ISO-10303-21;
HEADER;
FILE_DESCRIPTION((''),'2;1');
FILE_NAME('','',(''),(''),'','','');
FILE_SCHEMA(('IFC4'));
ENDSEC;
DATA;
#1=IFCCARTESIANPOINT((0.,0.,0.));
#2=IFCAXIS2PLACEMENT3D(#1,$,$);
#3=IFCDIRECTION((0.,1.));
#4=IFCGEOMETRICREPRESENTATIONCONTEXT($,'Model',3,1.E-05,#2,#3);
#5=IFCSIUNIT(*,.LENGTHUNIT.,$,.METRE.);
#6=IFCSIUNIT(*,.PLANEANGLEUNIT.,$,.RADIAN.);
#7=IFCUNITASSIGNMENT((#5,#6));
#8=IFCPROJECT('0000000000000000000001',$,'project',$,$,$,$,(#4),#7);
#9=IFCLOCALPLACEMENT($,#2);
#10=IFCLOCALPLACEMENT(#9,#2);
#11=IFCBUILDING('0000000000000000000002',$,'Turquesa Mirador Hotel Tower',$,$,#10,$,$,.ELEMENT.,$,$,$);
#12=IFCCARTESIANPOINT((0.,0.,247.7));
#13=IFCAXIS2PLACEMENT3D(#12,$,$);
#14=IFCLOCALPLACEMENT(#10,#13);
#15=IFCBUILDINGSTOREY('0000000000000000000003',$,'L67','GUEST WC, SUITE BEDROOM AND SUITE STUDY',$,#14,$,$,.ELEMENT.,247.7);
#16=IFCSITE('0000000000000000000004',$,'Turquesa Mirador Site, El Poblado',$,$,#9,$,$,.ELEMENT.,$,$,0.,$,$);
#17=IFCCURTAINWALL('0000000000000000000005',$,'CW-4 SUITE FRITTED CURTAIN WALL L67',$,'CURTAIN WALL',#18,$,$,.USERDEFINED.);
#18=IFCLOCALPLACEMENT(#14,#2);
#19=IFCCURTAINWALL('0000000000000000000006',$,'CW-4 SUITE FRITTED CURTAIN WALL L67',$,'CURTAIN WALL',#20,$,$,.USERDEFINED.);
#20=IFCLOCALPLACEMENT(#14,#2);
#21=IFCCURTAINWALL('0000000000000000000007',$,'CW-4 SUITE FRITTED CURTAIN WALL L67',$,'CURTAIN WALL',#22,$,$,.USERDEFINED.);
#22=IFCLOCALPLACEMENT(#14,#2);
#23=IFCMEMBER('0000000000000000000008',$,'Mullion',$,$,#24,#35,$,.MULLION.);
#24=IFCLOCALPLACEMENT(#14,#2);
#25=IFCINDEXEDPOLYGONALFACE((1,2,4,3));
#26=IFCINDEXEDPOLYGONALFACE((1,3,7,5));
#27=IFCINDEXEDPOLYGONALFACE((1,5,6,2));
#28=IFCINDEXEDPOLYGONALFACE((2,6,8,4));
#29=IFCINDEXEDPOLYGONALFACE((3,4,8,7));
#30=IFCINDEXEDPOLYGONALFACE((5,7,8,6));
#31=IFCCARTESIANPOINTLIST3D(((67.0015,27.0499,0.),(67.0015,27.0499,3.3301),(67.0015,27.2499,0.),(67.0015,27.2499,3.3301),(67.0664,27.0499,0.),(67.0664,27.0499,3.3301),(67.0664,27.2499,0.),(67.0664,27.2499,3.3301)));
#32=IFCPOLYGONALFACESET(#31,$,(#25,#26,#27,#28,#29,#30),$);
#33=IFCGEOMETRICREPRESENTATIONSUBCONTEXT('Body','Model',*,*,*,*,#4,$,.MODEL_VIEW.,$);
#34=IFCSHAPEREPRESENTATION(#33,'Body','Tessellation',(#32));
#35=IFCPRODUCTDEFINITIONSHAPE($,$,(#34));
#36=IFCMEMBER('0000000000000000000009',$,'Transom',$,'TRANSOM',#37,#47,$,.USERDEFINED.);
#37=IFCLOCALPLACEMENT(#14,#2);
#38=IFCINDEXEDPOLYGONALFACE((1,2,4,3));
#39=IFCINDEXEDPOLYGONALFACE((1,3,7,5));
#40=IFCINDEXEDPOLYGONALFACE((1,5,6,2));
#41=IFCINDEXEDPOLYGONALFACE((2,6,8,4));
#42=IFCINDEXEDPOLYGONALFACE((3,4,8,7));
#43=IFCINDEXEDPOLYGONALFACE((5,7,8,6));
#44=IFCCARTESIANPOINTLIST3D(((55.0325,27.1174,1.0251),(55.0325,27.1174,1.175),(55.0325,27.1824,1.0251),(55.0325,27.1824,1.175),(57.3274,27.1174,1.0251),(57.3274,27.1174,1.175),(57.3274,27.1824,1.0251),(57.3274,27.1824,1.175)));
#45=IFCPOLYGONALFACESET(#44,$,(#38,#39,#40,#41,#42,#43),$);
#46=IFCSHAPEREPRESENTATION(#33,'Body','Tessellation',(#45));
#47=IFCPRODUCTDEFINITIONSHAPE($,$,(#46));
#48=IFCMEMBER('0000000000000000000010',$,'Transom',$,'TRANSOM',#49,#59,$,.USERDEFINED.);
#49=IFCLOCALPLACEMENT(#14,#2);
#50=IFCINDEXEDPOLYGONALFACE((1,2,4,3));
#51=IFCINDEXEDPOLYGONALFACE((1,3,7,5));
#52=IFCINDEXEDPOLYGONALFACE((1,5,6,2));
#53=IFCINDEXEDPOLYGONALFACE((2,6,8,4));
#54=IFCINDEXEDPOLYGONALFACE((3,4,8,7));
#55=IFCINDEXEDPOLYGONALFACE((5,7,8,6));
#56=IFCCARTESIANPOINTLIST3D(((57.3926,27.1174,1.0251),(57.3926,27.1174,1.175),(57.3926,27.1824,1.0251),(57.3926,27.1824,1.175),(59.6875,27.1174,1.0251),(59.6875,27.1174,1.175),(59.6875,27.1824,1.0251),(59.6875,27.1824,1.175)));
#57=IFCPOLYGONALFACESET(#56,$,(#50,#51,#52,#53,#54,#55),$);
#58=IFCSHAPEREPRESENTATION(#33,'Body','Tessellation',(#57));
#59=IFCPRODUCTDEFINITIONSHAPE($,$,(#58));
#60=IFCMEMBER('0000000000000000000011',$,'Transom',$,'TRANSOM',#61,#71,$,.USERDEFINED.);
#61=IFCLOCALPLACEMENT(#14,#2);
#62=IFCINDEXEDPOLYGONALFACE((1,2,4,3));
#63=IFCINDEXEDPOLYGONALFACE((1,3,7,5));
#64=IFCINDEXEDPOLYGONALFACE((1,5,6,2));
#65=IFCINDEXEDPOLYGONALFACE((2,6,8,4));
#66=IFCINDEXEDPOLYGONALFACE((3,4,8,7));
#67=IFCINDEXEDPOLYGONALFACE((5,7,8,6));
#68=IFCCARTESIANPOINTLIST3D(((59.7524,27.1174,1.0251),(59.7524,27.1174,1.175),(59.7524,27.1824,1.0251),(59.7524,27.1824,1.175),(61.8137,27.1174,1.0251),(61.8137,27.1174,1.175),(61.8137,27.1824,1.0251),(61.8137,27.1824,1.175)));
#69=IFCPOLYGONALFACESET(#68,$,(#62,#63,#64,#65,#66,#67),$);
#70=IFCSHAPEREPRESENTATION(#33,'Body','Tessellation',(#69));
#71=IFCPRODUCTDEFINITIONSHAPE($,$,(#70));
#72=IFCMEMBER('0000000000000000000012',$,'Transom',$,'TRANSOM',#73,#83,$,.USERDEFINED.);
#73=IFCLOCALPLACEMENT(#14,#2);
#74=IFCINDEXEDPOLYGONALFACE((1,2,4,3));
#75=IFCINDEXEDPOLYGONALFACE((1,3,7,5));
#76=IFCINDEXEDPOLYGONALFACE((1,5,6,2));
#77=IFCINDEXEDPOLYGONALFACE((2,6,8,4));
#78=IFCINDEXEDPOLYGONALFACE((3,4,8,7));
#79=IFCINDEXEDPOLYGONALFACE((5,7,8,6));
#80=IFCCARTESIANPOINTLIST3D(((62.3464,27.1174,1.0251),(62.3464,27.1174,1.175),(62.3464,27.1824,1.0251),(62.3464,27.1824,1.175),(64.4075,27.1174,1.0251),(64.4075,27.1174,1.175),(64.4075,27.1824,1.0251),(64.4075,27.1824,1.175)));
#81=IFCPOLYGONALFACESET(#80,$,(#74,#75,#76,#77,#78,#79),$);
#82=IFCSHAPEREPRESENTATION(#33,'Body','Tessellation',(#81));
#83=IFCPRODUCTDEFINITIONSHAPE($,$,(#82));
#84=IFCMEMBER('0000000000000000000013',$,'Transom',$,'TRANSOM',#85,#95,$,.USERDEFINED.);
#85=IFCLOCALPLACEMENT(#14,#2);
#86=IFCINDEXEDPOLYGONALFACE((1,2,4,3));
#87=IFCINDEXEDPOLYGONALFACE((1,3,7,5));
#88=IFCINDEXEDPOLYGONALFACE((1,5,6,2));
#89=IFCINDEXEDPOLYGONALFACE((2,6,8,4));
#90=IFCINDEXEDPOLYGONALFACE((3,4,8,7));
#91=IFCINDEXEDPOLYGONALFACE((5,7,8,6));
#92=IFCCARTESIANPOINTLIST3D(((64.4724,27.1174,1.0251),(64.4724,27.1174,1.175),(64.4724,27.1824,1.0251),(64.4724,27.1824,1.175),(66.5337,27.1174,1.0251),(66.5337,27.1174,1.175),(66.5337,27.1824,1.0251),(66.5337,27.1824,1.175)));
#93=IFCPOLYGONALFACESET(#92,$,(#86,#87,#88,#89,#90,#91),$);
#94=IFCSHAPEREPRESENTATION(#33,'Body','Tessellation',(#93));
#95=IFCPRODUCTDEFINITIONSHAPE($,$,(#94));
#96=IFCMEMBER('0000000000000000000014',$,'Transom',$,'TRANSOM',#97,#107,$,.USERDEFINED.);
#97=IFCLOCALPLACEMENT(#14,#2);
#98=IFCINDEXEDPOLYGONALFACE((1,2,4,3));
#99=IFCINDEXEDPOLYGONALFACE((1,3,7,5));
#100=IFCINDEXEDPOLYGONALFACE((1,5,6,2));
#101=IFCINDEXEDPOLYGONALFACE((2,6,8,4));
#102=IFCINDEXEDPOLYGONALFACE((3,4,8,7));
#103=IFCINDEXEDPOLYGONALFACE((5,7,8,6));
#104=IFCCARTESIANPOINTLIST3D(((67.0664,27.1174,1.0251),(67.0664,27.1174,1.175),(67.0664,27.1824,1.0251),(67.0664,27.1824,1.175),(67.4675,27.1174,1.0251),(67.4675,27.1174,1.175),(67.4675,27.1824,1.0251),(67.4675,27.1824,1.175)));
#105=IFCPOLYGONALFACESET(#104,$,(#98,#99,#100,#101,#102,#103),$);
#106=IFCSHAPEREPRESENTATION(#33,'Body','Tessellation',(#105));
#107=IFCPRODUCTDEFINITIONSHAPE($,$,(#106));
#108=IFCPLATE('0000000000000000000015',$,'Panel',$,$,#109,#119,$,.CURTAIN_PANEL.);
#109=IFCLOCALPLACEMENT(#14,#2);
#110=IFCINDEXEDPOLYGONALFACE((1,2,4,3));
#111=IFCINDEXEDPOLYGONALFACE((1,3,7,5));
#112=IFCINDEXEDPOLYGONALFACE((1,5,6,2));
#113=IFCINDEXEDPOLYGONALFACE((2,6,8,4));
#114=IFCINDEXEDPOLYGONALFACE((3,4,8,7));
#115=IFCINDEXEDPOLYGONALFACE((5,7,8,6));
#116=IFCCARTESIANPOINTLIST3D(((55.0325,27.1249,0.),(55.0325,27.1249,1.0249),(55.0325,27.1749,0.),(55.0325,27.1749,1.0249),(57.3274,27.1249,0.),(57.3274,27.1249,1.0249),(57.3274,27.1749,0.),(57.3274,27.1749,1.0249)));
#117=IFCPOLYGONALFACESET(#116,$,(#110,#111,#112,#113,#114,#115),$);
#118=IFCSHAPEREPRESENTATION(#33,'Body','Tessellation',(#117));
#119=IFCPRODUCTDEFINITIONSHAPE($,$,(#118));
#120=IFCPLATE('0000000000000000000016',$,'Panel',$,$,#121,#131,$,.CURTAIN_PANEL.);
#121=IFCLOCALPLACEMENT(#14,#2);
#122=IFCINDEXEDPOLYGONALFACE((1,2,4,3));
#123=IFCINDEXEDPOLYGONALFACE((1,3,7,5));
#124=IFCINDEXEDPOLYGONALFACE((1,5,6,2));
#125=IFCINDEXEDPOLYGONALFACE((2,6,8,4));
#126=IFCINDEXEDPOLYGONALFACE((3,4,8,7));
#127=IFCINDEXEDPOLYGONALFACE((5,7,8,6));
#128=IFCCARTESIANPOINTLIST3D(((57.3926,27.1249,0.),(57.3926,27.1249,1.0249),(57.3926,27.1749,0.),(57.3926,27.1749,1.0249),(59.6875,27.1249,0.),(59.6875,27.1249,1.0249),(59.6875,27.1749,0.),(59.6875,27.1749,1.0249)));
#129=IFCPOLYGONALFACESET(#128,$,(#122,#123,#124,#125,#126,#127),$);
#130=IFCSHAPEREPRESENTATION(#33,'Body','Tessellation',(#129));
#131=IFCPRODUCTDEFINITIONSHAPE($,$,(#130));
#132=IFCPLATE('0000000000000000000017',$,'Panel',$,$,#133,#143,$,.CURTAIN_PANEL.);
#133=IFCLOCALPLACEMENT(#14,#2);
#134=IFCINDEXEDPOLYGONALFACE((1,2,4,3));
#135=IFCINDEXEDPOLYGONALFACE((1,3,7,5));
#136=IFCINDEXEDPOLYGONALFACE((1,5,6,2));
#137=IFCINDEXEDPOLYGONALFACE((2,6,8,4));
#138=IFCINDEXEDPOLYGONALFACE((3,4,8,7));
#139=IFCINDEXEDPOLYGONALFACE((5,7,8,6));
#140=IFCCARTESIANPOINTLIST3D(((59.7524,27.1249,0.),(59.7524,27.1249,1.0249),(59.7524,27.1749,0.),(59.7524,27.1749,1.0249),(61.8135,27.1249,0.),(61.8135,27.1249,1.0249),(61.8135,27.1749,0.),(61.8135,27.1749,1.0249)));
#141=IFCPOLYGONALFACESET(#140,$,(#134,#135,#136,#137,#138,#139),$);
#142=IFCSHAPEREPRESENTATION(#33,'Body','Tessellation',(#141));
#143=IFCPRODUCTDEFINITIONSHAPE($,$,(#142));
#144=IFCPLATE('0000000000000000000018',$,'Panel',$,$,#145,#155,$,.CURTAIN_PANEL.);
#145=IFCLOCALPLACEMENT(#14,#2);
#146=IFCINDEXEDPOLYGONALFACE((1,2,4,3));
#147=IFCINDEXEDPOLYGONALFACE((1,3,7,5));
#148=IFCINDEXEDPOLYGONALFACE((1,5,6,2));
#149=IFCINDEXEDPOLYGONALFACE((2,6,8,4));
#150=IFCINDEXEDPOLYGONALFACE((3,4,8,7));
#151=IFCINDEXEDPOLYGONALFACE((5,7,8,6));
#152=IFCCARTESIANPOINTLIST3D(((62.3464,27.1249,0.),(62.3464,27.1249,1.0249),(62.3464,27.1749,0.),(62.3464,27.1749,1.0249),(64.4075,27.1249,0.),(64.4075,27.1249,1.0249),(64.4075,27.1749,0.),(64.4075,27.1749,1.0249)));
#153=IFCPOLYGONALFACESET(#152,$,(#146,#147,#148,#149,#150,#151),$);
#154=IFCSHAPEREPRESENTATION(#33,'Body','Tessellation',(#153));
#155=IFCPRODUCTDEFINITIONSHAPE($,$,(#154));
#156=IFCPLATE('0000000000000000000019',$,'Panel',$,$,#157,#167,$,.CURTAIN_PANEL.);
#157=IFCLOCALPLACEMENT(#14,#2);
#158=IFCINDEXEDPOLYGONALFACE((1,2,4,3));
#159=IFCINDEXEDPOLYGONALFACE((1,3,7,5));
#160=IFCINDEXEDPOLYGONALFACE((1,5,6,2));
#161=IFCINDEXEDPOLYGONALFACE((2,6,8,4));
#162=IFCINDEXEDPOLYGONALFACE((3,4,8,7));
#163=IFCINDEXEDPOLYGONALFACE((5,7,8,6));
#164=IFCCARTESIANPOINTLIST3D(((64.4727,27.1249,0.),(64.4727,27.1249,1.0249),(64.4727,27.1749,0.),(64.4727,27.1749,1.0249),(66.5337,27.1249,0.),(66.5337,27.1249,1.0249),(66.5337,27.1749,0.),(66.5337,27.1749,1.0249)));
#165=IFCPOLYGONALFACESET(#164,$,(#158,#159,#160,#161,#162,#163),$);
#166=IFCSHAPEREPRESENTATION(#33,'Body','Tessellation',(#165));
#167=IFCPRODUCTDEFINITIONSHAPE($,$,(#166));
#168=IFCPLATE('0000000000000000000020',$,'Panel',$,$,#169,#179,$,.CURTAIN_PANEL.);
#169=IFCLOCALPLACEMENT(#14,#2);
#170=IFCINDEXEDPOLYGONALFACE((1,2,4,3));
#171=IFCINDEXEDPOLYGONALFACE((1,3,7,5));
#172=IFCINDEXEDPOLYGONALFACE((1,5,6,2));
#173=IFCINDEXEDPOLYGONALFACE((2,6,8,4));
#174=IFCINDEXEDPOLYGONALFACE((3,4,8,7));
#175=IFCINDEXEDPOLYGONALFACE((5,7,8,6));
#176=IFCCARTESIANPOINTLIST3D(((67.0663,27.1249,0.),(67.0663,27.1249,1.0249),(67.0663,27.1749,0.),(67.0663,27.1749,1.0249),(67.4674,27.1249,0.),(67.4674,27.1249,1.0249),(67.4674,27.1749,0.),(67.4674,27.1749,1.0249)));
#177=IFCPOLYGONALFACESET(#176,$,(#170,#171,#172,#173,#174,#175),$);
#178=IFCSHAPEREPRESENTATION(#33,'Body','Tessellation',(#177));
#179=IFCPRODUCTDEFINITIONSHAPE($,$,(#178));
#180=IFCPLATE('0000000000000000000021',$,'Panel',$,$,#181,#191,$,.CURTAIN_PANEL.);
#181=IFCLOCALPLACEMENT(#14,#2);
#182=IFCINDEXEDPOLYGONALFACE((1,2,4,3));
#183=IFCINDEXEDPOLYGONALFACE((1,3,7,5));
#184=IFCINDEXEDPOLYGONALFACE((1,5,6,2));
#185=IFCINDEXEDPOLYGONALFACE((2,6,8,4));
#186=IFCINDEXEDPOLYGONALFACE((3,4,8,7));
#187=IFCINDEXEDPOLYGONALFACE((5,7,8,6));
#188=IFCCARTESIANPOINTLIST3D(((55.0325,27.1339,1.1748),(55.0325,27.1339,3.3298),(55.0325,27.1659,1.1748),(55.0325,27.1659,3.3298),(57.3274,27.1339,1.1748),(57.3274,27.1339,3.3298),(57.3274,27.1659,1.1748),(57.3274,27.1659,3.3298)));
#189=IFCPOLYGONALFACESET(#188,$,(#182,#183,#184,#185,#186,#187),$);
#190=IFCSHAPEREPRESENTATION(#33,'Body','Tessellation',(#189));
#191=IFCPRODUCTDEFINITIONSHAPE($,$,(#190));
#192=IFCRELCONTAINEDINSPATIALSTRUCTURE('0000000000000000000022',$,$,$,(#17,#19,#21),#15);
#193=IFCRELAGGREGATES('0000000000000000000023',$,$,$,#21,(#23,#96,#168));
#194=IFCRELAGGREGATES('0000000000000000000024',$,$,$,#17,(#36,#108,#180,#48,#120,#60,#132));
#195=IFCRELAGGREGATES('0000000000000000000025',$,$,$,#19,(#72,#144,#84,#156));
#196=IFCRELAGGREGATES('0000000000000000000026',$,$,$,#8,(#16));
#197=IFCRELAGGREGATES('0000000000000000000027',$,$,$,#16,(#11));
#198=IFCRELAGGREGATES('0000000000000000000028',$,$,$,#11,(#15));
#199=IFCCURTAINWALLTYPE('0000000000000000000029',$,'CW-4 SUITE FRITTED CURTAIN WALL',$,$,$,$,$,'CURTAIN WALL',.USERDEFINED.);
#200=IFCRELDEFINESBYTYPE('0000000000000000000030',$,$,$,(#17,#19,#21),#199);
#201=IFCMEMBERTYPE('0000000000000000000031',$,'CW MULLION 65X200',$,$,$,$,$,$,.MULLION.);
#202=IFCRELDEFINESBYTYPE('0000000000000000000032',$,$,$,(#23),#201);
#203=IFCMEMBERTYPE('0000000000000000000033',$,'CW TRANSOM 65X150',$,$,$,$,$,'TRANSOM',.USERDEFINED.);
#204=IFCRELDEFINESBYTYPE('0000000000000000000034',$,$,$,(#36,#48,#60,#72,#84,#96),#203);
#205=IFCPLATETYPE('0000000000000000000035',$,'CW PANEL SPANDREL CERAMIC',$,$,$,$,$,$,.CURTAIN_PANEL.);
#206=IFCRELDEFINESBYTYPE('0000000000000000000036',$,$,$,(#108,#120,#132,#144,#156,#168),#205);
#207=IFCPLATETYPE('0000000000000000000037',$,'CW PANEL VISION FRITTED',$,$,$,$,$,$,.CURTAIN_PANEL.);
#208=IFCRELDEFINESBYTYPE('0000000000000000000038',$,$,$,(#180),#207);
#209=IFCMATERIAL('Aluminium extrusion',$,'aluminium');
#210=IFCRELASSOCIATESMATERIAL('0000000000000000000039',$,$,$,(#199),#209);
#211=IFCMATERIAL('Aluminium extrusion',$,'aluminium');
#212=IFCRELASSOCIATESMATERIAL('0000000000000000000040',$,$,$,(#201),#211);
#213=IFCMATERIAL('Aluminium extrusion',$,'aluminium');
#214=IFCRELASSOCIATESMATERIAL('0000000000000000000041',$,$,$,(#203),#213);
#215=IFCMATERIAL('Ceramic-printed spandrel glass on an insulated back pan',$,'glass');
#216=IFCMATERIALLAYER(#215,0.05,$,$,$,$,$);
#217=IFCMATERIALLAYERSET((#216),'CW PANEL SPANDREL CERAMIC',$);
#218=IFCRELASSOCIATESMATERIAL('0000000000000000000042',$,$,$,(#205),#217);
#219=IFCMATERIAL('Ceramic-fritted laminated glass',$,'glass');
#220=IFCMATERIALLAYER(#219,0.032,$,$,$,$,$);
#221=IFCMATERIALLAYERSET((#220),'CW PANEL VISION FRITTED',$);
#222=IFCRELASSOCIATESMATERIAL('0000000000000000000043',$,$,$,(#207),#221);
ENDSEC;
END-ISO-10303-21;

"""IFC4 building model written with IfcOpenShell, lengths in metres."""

from ifc_helpers import new_model, si_unit, direction, frame, origin, origin_2d, place, context, subcontext, project, spatial, rectangle, extrude, material, layer, layer_set, material_profile, profile_set, type_object, element, aggregate, save


model = new_model("IFC4")

# Units and contexts
model_context = context("Model", 3, precision=1e-05, world=origin(), true_north=direction((0.0, 1.0)))
body_context = subcontext(model_context, "Body", "Model", "MODEL_VIEW")
ifc_project = project(units=[si_unit("LENGTHUNIT", "METRE"), si_unit("PLANEANGLEUNIT", "RADIAN")], contexts=[model_context])

# Site, building, storey
site_placement = place(None, origin())
site = spatial("IfcSite", under=ifc_project, at=site_placement, Name="Turquesa Mirador Site, El Poblado", CompositionType="ELEMENT", RefElevation=0.0)
building_placement = place(site_placement, origin())
building = spatial("IfcBuilding", under=site, at=building_placement, Name="Turquesa Mirador Hotel Tower", CompositionType="ELEMENT")
storey_placement = place(building_placement, frame((0.0, 0.0, 247.7)))
storey = spatial("IfcBuildingStorey", under=building, at=storey_placement, Name="L67", Description="GUEST WC, SUITE BEDROOM AND SUITE STUDY", CompositionType="ELEMENT", Elevation=247.7)

# Curtain walls
ifc_material_1 = material(Name="Aluminium extrusion", Category="aluminium")
curtain_wall_type = type_object("IfcCurtainWallType", Name="CW-4 SUITE FRITTED CURTAIN WALL", ElementType="CURTAIN WALL", PredefinedType="USERDEFINED", material=ifc_material_1)
curtain_wall_1_placement = place(storey_placement, origin())
curtain_wall_1 = element("IfcCurtainWall", 1, at=curtain_wall_1_placement, inside=storey, type_object=curtain_wall_type, Name="CW-4 SUITE FRITTED CURTAIN WALL L67", ObjectType="CURTAIN WALL", PredefinedType="USERDEFINED")
ifc_material_2 = material(Name="Aluminium extrusion", Category="aluminium")
ifc_material_profile_1 = material_profile(ifc_material_2, rectangle(XDim=0.0649, YDim=0.2, at=origin_2d()), Name="MULLION 65X200")
ifc_profile_set_1 = profile_set([ifc_material_profile_1], Name="Aluminium extrusion")
member_type_1 = type_object("IfcMemberType", Name="CW MULLION 65X200", PredefinedType="MULLION", material=ifc_profile_set_1)
curtain_wall_2_placement = place(storey_placement, origin())
curtain_wall_2 = element("IfcCurtainWall", 2, at=curtain_wall_2_placement, inside=storey, type_object=curtain_wall_type, Name="CW-4 SUITE FRITTED CURTAIN WALL L67", ObjectType="CURTAIN WALL", PredefinedType="USERDEFINED")

# Curtain wall, member
curtain_wall_3_placement = place(storey_placement, origin())
curtain_wall_3 = element("IfcCurtainWall", 3, at=curtain_wall_3_placement, inside=storey, type_object=curtain_wall_type, Name="CW-4 SUITE FRITTED CURTAIN WALL L67", ObjectType="CURTAIN WALL", PredefinedType="USERDEFINED")
member_1_placement = place(storey_placement, frame((67.0339, 27.1499, 0.0), z_axis=(0.0, 0.0, 1.0), x_axis=(1.0, 0.0, 0.0)))
member_1 = element("IfcMember", 4, at=member_1_placement, type_object=member_type_1, Name="Mullion", PredefinedType="MULLION", context=body_context, shape_type="SweptSolid", body=[
    extrude(rectangle(XDim=0.0649, YDim=0.2, at=origin_2d()), origin(), (0.0, 0.0, 1.0), 3.3301),
])

# Members
ifc_material_3 = material(Name="Aluminium extrusion", Category="aluminium")
ifc_material_profile_2 = material_profile(ifc_material_3, rectangle(XDim=0.0649, YDim=0.1499, at=origin_2d()), Name="TRANSOM 65X150")
ifc_profile_set_2 = profile_set([ifc_material_profile_2], Name="Aluminium extrusion")
member_type_2 = type_object("IfcMemberType", Name="CW TRANSOM 65X150", ElementType="TRANSOM", PredefinedType="USERDEFINED", material=ifc_profile_set_2)
member_2_placement = place(storey_placement, frame((55.0325, 27.1499, 1.1001), z_axis=(1.0, 0.0, 0.0), x_axis=(0.0, 1.0, 0.0)))
member_2 = element("IfcMember", 5, at=member_2_placement, type_object=member_type_2, Name="Transom", ObjectType="TRANSOM", PredefinedType="USERDEFINED", context=body_context, shape_type="SweptSolid", body=[
    extrude(rectangle(XDim=0.0649, YDim=0.1499, at=origin_2d()), origin(), (0.0, 0.0, 1.0), 2.2949),
])
member_3_placement = place(storey_placement, frame((57.3926, 27.1499, 1.1001), z_axis=(1.0, 0.0, 0.0), x_axis=(0.0, 1.0, 0.0)))
member_3 = element("IfcMember", 6, at=member_3_placement, type_object=member_type_2, Name="Transom", ObjectType="TRANSOM", PredefinedType="USERDEFINED", context=body_context, shape_type="SweptSolid", body=[
    extrude(rectangle(XDim=0.0649, YDim=0.1499, at=origin_2d()), origin(), (0.0, 0.0, 1.0), 2.2949),
])
member_4_placement = place(storey_placement, frame((59.7524, 27.1499, 1.1001), z_axis=(1.0, 0.0, 0.0), x_axis=(0.0, 1.0, 0.0)))
member_4 = element("IfcMember", 7, at=member_4_placement, type_object=member_type_2, Name="Transom", ObjectType="TRANSOM", PredefinedType="USERDEFINED", context=body_context, shape_type="SweptSolid", body=[
    extrude(rectangle(XDim=0.0649, YDim=0.1499, at=origin_2d()), origin(), (0.0, 0.0, 1.0), 2.0613),
])
member_5_placement = place(storey_placement, frame((62.3464, 27.1499, 1.1001), z_axis=(1.0, 0.0, 0.0), x_axis=(0.0, 1.0, 0.0)))
member_5 = element("IfcMember", 8, at=member_5_placement, type_object=member_type_2, Name="Transom", ObjectType="TRANSOM", PredefinedType="USERDEFINED", context=body_context, shape_type="SweptSolid", body=[
    extrude(rectangle(XDim=0.0649, YDim=0.1499, at=origin_2d()), origin(), (0.0, 0.0, 1.0), 2.061),
])
member_6_placement = place(storey_placement, frame((64.4724, 27.1499, 1.1001), z_axis=(1.0, 0.0, 0.0), x_axis=(0.0, 1.0, 0.0)))
member_6 = element("IfcMember", 9, at=member_6_placement, type_object=member_type_2, Name="Transom", ObjectType="TRANSOM", PredefinedType="USERDEFINED", context=body_context, shape_type="SweptSolid", body=[
    extrude(rectangle(XDim=0.0649, YDim=0.1499, at=origin_2d()), origin(), (0.0, 0.0, 1.0), 2.0613),
])
member_7_placement = place(storey_placement, frame((67.0664, 27.1499, 1.1001), z_axis=(1.0, 0.0, 0.0), x_axis=(0.0, 1.0, 0.0)))
member_7 = element("IfcMember", 10, at=member_7_placement, type_object=member_type_2, Name="Transom", ObjectType="TRANSOM", PredefinedType="USERDEFINED", context=body_context, shape_type="SweptSolid", body=[
    extrude(rectangle(XDim=0.0649, YDim=0.1499, at=origin_2d()), origin(), (0.0, 0.0, 1.0), 0.4011),
])

# Plates
ifc_material_4 = material(Name="Ceramic-printed spandrel glass on an insulated back pan", Category="glass")
ifc_layer_1 = layer(ifc_material_4, 0.05)
ifc_layer_set_1 = layer_set([ifc_layer_1], Name="CW PANEL SPANDREL CERAMIC")
plate_type_1 = type_object("IfcPlateType", Name="CW PANEL SPANDREL CERAMIC", PredefinedType="CURTAIN_PANEL", material=ifc_layer_set_1)
plate_1_placement = place(storey_placement, frame((56.1799, 27.1499, 0.0), z_axis=(0.0, 0.0, 1.0), x_axis=(1.0, 0.0, 0.0)))
plate_1 = element("IfcPlate", 11, at=plate_1_placement, type_object=plate_type_1, Name="Panel", PredefinedType="CURTAIN_PANEL", context=body_context, shape_type="SweptSolid", body=[
    extrude(rectangle(XDim=2.2949, YDim=0.05, at=origin_2d()), origin(), (0.0, 0.0, 1.0), 1.0249),
])
plate_2_placement = place(storey_placement, frame((58.54, 27.1499, 0.0), z_axis=(0.0, 0.0, 1.0), x_axis=(1.0, 0.0, 0.0)))
plate_2 = element("IfcPlate", 12, at=plate_2_placement, type_object=plate_type_1, Name="Panel", PredefinedType="CURTAIN_PANEL", context=body_context, shape_type="SweptSolid", body=[
    extrude(rectangle(XDim=2.2949, YDim=0.05, at=origin_2d()), origin(), (0.0, 0.0, 1.0), 1.0249),
])
plate_3_placement = place(storey_placement, frame((60.783, 27.1499, 0.0), z_axis=(0.0, 0.0, 1.0), x_axis=(1.0, 0.0, 0.0)))
plate_3 = element("IfcPlate", 13, at=plate_3_placement, type_object=plate_type_1, Name="Panel", PredefinedType="CURTAIN_PANEL", context=body_context, shape_type="SweptSolid", body=[
    extrude(rectangle(XDim=2.061, YDim=0.05, at=origin_2d()), origin(), (0.0, 0.0, 1.0), 1.0249),
])
plate_4_placement = place(storey_placement, frame((63.377, 27.1499, 0.0), z_axis=(0.0, 0.0, 1.0), x_axis=(1.0, 0.0, 0.0)))
plate_4 = element("IfcPlate", 14, at=plate_4_placement, type_object=plate_type_1, Name="Panel", PredefinedType="CURTAIN_PANEL", context=body_context, shape_type="SweptSolid", body=[
    extrude(rectangle(XDim=2.061, YDim=0.05, at=origin_2d()), origin(), (0.0, 0.0, 1.0), 1.0249),
])
plate_5_placement = place(storey_placement, frame((65.5032, 27.1499, 0.0), z_axis=(0.0, 0.0, 1.0), x_axis=(1.0, 0.0, 0.0)))
plate_5 = element("IfcPlate", 15, at=plate_5_placement, type_object=plate_type_1, Name="Panel", PredefinedType="CURTAIN_PANEL", context=body_context, shape_type="SweptSolid", body=[
    extrude(rectangle(XDim=2.061, YDim=0.05, at=origin_2d()), origin(), (0.0, 0.0, 1.0), 1.0249),
])
plate_6_placement = place(storey_placement, frame((67.2668, 27.1499, 0.0), z_axis=(0.0, 0.0, 1.0), x_axis=(1.0, 0.0, 0.0)))
plate_6 = element("IfcPlate", 16, at=plate_6_placement, type_object=plate_type_1, Name="Panel", PredefinedType="CURTAIN_PANEL", context=body_context, shape_type="SweptSolid", body=[
    extrude(rectangle(XDim=0.4011, YDim=0.05, at=origin_2d()), origin(), (0.0, 0.0, 1.0), 1.0249),
])
aggregate(curtain_wall_3, [member_1, member_7, plate_6])
ifc_material_5 = material(Name="Ceramic-fritted laminated glass", Category="glass")
ifc_layer_2 = layer(ifc_material_5, 0.032)
ifc_layer_set_2 = layer_set([ifc_layer_2], Name="CW PANEL VISION FRITTED")
plate_type_2 = type_object("IfcPlateType", Name="CW PANEL VISION FRITTED", PredefinedType="CURTAIN_PANEL", material=ifc_layer_set_2)
plate_7_placement = place(storey_placement, frame((56.1799, 27.1499, 1.1748), z_axis=(0.0, 0.0, 1.0), x_axis=(1.0, 0.0, 0.0)))
plate_7 = element("IfcPlate", 17, at=plate_7_placement, type_object=plate_type_2, Name="Panel", PredefinedType="CURTAIN_PANEL", context=body_context, shape_type="SweptSolid", body=[
    extrude(rectangle(XDim=2.2949, YDim=0.032, at=origin_2d()), origin(), (0.0, 0.0, 1.0), 2.155),
])
aggregate(curtain_wall_1, [member_2, plate_1, plate_7, member_3, plate_2, member_4, plate_3])
aggregate(curtain_wall_2, [member_5, plate_4, member_6, plate_5])

save(model, "model.ifc")
